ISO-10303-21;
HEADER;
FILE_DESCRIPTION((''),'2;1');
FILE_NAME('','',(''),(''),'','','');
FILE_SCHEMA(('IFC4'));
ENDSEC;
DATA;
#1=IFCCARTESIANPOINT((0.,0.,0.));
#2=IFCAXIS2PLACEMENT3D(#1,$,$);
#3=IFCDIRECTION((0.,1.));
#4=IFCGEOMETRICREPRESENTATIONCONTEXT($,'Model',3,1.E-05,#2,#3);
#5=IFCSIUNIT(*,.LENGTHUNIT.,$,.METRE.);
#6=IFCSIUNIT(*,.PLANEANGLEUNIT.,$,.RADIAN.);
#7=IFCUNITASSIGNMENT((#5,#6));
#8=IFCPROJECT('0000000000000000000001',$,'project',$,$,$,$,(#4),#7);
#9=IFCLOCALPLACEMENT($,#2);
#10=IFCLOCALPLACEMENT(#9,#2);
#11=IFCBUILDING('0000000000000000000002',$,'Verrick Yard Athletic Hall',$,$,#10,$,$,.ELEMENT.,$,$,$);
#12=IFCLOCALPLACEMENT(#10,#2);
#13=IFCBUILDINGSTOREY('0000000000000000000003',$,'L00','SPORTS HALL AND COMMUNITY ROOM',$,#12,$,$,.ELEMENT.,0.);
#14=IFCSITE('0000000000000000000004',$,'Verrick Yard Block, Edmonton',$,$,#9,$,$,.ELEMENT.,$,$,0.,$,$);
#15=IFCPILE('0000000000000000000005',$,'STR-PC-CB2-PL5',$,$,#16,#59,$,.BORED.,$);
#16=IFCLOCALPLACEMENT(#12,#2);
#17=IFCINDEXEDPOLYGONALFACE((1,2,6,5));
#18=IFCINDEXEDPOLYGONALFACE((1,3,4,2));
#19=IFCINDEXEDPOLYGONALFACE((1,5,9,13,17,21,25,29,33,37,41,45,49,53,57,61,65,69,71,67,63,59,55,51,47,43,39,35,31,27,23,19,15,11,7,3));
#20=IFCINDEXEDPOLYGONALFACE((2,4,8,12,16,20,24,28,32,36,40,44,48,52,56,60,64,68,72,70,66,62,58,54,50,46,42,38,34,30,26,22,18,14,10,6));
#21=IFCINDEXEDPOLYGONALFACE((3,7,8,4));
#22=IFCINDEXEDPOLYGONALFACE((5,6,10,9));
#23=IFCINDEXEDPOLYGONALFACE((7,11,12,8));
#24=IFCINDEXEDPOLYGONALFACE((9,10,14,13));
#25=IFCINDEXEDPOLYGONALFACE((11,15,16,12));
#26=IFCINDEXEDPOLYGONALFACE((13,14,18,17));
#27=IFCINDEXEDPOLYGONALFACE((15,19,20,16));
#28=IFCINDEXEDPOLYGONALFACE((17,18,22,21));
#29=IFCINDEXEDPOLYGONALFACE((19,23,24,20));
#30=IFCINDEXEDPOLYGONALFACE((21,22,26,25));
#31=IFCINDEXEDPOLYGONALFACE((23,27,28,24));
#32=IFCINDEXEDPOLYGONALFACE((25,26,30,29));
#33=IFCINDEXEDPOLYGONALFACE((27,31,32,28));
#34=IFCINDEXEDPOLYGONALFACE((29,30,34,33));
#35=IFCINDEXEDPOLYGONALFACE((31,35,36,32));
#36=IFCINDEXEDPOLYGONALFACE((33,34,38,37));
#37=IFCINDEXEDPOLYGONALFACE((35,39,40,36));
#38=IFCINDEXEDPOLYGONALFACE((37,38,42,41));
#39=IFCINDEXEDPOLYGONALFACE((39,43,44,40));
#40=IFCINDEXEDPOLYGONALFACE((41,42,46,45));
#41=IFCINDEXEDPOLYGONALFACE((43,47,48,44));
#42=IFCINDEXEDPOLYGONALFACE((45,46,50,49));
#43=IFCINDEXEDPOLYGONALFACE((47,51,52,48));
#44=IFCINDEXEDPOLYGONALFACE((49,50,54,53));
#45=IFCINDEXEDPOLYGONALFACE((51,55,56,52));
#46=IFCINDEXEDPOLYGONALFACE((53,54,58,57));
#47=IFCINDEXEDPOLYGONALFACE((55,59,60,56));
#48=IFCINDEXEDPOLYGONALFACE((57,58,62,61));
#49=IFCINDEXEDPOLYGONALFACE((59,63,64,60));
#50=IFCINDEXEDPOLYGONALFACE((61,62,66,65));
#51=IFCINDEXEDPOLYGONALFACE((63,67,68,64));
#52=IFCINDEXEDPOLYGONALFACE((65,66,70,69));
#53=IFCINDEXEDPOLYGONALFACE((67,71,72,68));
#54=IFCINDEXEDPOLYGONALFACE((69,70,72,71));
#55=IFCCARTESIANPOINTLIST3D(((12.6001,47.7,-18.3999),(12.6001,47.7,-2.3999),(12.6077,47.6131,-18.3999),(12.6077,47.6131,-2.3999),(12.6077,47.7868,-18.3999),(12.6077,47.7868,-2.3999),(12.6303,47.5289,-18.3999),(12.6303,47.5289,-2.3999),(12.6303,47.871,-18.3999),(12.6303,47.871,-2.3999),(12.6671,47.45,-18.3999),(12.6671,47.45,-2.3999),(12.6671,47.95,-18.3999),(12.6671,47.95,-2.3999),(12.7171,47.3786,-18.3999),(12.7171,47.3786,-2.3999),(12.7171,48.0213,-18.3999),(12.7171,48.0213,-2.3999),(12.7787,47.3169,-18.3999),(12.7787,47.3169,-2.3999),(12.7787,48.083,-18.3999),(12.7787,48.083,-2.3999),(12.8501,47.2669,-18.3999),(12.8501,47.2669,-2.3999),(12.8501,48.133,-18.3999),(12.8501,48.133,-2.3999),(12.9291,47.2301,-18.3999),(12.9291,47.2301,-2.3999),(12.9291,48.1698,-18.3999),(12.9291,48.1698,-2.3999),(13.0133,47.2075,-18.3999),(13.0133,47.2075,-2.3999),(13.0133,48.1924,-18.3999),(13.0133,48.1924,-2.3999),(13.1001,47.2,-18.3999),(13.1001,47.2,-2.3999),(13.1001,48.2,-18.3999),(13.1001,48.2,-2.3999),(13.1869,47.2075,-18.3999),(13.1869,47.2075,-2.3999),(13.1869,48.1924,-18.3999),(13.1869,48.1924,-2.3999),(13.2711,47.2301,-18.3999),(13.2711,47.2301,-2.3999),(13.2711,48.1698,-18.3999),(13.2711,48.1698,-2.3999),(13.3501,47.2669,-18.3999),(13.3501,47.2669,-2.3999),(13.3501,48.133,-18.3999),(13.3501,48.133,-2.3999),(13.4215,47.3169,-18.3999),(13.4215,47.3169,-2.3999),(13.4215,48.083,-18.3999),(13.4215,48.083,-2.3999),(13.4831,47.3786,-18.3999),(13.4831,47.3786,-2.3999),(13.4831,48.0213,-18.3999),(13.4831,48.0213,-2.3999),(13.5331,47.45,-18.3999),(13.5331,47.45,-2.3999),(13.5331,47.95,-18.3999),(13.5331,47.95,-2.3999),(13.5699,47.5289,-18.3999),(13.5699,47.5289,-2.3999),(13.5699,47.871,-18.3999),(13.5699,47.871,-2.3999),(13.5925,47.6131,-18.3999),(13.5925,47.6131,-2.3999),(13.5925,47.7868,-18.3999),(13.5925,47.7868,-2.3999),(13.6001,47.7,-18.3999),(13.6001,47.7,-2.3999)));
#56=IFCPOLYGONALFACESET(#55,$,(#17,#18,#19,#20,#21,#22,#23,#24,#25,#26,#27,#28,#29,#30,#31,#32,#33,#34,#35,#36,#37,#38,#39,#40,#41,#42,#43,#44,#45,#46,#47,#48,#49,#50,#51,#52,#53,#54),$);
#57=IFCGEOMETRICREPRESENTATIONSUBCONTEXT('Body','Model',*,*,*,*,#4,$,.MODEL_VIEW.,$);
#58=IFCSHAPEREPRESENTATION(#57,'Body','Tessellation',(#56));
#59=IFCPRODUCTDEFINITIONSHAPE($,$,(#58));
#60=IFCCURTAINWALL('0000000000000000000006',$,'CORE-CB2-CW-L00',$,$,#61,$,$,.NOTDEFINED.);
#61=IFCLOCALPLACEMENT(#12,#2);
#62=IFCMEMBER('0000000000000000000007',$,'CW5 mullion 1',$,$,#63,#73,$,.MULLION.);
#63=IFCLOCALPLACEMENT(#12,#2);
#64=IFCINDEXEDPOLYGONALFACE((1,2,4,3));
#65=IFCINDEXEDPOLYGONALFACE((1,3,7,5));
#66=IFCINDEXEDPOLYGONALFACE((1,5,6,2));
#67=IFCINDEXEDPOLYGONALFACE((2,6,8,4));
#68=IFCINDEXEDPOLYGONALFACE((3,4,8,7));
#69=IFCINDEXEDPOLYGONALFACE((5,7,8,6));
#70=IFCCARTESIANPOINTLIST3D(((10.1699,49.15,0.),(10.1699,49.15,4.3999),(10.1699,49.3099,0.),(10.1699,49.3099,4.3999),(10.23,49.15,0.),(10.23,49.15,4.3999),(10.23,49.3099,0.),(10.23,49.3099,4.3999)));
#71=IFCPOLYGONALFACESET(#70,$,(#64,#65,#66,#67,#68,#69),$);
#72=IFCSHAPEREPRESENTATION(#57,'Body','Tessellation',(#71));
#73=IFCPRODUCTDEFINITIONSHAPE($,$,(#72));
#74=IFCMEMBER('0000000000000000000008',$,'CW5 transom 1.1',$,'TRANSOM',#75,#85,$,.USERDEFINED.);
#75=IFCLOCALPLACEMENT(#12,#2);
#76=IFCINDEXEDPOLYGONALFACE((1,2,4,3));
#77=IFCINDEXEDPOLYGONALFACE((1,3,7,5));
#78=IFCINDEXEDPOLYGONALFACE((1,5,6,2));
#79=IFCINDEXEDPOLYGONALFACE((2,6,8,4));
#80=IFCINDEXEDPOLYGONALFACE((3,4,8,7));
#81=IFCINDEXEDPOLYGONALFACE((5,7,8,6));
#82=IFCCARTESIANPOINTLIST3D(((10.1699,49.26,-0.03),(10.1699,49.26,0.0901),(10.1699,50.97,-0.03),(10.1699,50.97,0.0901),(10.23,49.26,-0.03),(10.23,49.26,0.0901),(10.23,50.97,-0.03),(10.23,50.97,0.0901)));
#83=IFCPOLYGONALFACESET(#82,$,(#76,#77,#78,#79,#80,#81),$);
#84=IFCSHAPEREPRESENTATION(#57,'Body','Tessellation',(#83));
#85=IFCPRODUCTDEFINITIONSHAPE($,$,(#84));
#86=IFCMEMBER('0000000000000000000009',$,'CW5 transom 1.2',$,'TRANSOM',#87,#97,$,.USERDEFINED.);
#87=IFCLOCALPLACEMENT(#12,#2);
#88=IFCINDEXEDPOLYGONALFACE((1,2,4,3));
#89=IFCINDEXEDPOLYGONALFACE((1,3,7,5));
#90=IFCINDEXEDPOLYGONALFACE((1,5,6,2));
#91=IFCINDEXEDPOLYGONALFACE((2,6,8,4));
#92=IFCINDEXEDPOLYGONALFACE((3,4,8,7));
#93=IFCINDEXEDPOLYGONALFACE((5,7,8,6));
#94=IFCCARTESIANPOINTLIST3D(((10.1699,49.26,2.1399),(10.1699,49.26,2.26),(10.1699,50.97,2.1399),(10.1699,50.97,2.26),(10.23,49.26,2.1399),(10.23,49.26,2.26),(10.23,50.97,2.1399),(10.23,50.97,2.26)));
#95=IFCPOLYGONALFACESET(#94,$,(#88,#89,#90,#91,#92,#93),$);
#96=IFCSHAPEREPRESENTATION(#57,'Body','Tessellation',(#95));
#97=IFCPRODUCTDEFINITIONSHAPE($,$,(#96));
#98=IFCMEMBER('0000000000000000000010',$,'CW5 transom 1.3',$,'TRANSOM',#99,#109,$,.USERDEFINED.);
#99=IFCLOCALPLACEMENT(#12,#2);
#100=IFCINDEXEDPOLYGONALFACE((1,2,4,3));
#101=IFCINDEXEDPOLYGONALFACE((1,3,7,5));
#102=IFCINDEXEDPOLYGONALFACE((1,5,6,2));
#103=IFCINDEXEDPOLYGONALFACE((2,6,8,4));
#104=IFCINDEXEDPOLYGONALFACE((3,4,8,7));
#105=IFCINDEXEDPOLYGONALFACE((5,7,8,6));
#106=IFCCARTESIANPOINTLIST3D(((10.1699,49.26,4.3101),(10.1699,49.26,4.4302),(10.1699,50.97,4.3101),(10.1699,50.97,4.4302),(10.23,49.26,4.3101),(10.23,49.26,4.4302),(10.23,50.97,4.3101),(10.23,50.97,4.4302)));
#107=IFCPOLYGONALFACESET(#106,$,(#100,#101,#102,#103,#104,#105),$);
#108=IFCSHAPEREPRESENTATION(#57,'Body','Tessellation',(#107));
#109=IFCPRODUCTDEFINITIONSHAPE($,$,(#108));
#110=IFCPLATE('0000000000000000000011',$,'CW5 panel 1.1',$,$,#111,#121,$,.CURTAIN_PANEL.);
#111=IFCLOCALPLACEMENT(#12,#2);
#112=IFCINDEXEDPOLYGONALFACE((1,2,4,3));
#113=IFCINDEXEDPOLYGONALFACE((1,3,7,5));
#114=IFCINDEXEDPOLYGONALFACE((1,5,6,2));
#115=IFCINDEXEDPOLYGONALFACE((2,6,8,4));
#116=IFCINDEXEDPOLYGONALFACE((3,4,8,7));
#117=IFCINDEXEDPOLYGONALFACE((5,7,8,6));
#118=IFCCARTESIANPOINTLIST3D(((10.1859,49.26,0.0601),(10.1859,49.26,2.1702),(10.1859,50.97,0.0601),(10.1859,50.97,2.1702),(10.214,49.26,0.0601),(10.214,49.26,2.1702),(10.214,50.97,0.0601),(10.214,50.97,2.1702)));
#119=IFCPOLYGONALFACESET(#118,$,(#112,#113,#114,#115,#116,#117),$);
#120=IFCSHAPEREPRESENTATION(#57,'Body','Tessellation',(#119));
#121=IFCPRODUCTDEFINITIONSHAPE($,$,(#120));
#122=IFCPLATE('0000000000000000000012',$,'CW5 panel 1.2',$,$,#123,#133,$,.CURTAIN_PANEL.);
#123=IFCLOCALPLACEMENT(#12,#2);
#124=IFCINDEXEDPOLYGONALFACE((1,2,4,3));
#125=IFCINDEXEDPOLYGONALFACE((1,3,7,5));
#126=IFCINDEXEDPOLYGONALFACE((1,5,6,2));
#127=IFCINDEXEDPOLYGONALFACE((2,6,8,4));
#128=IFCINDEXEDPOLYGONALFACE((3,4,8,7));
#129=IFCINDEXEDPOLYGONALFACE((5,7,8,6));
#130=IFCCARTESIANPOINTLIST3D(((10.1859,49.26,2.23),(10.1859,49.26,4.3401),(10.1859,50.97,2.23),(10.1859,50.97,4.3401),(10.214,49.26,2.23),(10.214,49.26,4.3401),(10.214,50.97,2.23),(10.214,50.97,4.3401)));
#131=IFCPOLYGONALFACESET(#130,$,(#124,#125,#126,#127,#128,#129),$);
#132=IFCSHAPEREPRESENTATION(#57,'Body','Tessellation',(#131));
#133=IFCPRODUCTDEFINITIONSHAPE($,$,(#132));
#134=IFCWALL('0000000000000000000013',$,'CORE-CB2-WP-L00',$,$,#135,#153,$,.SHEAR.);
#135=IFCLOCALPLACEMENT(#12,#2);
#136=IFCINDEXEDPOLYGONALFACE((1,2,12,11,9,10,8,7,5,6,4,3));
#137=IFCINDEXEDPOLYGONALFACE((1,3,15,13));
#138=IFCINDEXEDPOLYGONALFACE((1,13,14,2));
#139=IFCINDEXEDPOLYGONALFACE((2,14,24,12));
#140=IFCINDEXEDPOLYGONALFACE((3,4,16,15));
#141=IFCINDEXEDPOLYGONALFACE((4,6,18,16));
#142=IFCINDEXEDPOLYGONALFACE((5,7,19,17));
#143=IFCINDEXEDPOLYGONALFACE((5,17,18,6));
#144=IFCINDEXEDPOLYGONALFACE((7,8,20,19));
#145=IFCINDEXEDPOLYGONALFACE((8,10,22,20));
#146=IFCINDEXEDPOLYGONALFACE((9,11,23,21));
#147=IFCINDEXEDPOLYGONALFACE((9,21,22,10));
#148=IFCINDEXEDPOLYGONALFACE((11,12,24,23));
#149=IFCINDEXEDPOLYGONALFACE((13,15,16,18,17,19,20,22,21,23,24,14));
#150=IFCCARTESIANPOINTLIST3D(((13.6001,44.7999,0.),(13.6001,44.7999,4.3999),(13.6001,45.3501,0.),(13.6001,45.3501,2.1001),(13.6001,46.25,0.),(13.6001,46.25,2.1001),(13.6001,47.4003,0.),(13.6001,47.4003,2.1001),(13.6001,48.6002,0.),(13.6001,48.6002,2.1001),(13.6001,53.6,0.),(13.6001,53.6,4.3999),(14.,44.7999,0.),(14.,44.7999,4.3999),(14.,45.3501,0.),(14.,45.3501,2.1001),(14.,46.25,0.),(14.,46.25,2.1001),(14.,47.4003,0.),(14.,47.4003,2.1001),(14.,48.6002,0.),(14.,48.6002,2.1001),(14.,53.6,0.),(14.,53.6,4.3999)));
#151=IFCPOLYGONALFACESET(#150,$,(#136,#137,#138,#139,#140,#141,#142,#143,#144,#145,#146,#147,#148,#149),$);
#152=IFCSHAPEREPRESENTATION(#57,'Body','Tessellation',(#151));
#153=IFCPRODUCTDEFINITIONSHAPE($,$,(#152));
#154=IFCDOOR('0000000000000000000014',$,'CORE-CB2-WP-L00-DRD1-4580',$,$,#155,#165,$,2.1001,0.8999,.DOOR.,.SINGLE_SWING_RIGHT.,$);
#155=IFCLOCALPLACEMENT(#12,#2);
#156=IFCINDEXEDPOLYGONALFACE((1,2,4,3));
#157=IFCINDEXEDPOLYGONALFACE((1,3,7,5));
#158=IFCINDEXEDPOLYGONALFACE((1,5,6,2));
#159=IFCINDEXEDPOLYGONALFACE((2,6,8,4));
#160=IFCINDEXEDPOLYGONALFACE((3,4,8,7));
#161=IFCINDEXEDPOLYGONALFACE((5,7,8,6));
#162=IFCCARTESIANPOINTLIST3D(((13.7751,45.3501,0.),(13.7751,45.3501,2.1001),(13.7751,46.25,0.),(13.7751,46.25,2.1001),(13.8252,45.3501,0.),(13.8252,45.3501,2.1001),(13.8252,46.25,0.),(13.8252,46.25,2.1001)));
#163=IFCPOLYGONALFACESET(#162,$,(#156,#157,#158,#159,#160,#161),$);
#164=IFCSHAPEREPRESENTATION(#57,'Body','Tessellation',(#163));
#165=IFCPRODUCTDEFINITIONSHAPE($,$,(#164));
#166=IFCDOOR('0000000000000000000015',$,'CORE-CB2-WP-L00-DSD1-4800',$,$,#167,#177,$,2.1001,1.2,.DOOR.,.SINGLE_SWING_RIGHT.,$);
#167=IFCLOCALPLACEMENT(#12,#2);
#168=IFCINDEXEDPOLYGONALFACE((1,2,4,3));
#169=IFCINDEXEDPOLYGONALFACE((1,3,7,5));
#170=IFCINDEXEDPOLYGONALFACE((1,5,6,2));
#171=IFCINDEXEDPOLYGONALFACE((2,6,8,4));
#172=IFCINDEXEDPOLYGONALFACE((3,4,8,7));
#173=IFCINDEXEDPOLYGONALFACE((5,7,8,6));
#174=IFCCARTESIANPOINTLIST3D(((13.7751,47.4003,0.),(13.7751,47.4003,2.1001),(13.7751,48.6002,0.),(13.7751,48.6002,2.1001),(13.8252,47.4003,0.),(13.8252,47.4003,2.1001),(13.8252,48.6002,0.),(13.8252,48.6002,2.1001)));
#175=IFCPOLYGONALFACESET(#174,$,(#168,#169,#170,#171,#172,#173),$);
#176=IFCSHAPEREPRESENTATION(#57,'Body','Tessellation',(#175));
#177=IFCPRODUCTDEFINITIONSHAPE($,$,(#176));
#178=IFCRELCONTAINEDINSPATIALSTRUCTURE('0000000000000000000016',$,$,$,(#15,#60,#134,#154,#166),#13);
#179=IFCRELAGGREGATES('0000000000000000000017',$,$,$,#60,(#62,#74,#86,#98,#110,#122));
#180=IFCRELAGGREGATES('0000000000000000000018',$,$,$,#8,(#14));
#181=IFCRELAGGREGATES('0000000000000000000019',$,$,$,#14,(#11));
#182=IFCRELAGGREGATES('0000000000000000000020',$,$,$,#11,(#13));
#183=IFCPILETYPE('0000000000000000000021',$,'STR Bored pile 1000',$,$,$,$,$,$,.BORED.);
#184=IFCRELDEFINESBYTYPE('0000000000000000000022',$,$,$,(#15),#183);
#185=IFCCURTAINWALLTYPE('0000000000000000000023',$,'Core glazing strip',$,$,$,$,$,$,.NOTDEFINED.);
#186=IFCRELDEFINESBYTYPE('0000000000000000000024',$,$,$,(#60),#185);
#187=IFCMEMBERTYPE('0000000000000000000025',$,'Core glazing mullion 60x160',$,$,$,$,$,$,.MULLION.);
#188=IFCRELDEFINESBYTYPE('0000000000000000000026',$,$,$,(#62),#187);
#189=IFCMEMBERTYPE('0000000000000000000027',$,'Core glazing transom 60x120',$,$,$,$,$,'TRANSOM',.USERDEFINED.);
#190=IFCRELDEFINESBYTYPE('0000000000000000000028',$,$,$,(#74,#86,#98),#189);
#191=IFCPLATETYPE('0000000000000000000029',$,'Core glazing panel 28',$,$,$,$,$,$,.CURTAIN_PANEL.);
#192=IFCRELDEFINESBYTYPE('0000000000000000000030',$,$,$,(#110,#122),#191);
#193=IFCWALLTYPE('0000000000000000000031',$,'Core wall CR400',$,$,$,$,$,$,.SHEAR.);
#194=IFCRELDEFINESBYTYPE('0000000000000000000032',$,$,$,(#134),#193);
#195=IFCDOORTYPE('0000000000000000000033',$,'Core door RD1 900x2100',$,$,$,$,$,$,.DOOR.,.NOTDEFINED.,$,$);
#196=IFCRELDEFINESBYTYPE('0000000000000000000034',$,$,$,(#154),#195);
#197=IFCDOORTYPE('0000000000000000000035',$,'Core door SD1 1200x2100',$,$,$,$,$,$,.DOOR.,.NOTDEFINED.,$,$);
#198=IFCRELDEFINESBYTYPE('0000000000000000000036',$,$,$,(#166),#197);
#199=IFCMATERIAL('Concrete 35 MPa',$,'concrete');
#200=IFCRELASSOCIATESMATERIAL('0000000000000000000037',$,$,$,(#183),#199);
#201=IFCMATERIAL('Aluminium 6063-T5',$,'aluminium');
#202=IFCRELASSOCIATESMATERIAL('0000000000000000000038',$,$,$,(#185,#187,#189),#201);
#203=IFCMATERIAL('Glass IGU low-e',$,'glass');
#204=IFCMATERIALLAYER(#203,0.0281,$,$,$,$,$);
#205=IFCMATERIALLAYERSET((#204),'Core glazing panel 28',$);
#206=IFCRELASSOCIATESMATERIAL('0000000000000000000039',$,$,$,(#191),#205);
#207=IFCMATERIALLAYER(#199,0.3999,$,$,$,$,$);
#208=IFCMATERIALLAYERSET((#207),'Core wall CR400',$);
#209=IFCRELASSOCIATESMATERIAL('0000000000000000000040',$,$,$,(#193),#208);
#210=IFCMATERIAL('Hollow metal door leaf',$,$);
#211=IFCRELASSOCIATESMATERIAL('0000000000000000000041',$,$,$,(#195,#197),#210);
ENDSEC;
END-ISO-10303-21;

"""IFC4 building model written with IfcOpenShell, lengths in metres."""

from ifc_helpers import new_model, si_unit, direction, frame, frame_2d, origin, origin_2d, place, context, subcontext, project, spatial, rectangle, circle, extrude, material, layer, layer_set, material_profile, profile_set, type_object, element, fill, aggregate, save


model = new_model("IFC4")

# Units and contexts
model_context = context("Model", 3, precision=1e-05, world=origin(), true_north=direction((0.0, 1.0)))
body_context = subcontext(model_context, "Body", "Model", "MODEL_VIEW")
ifc_project = project(units=[si_unit("LENGTHUNIT", "METRE"), si_unit("PLANEANGLEUNIT", "RADIAN")], contexts=[model_context])

# Site, building, storey
site_placement = place(None, origin())
site = spatial("IfcSite", under=ifc_project, at=site_placement, Name="Verrick Yard Block, Edmonton", CompositionType="ELEMENT", RefElevation=0.0)
building_placement = place(site_placement, origin())
building = spatial("IfcBuilding", under=site, at=building_placement, Name="Verrick Yard Athletic Hall", CompositionType="ELEMENT")
storey_placement = place(building_placement, origin())
storey = spatial("IfcBuildingStorey", under=building, at=storey_placement, Name="L00", Description="SPORTS HALL AND COMMUNITY ROOM", CompositionType="ELEMENT", Elevation=0.0)

# Pile
ifc_material_1 = material(Name="Concrete 35 MPa", Category="concrete")
pile_type = type_object("IfcPileType", Name="STR Bored pile 1000", PredefinedType="BORED", material=ifc_material_1)
for number, where, z_axis, x_axis, name in (
    (1, (13.1001, 47.7, -2.3999), (0.0, 0.0, -1.0), (1.0, 0.0, 0.0), "STR-PC-CB2-PL5"),
):
    element("IfcPile", number, at=place(storey_placement, frame(where, z_axis=z_axis, x_axis=x_axis)), inside=storey, type_object=pile_type, Name=name, PredefinedType="BORED", context=body_context, shape_type="SweptSolid", body=[
        extrude(circle(Radius=0.5, at=origin_2d()), origin(), (0.0, 0.0, 1.0), 16.0),
    ])

# Curtain wall, members, plates
ifc_material_2 = material(Name="Aluminium 6063-T5", Category="aluminium")
curtain_wall_type = type_object("IfcCurtainWallType", Name="Core glazing strip", PredefinedType="NOTDEFINED", material=ifc_material_2)
curtain_wall_placement = place(storey_placement, origin())
curtain_wall = element("IfcCurtainWall", 2, at=curtain_wall_placement, inside=storey, type_object=curtain_wall_type, Name="CORE-CB2-CW-L00", PredefinedType="NOTDEFINED")
ifc_material_profile_1 = material_profile(ifc_material_2, rectangle(XDim=0.0601, YDim=0.1599, at=origin_2d()), Name="Core glazing mullion 60x160")
ifc_profile_set_1 = profile_set([ifc_material_profile_1], Name="Aluminium 6063-T5")
member_type_1 = type_object("IfcMemberType", Name="Core glazing mullion 60x160", PredefinedType="MULLION", material=ifc_profile_set_1)
member_1_placement = place(storey_placement, frame((10.2, 49.23, 0.0), z_axis=(0.0, 0.0, 1.0), x_axis=(-1.0, 0.0, 0.0)))
member_1 = element("IfcMember", 3, at=member_1_placement, type_object=member_type_1, Name="CW5 mullion 1", PredefinedType="MULLION", context=body_context, shape_type="SweptSolid", body=[
    extrude(rectangle(XDim=0.0601, YDim=0.1599, at=origin_2d()), origin(), (0.0, 0.0, 1.0), 4.3999),
])
ifc_material_profile_2 = material_profile(ifc_material_2, rectangle(XDim=0.0601, YDim=0.1201, at=origin_2d()), Name="Core glazing transom 60x120")
ifc_profile_set_2 = profile_set([ifc_material_profile_2], Name="Aluminium 6063-T5")
member_type_2 = type_object("IfcMemberType", Name="Core glazing transom 60x120", ElementType="TRANSOM", PredefinedType="USERDEFINED", material=ifc_profile_set_2)
member_2_placement = place(storey_placement, frame((10.2, 49.26, 0.03), z_axis=(0.0, 1.0, 0.0), x_axis=(-1.0, 0.0, 0.0)))
member_2 = element("IfcMember", 4, at=member_2_placement, type_object=member_type_2, Name="CW5 transom 1.1", ObjectType="TRANSOM", PredefinedType="USERDEFINED", context=body_context, shape_type="SweptSolid", body=[
    extrude(rectangle(XDim=0.0601, YDim=0.1201, at=origin_2d()), origin(), (0.0, 0.0, 1.0), 1.71),
])
member_3_placement = place(storey_placement, frame((10.2, 49.26, 2.2), z_axis=(0.0, 1.0, 0.0), x_axis=(-1.0, 0.0, 0.0)))
member_3 = element("IfcMember", 5, at=member_3_placement, type_object=member_type_2, Name="CW5 transom 1.2", ObjectType="TRANSOM", PredefinedType="USERDEFINED", context=body_context, shape_type="SweptSolid", body=[
    extrude(rectangle(XDim=0.0601, YDim=0.1201, at=origin_2d()), origin(), (0.0, 0.0, 1.0), 1.71),
])
member_4_placement = place(storey_placement, frame((10.2, 49.26, 4.3701), z_axis=(0.0, 1.0, 0.0), x_axis=(-1.0, 0.0, 0.0)))
member_4 = element("IfcMember", 6, at=member_4_placement, type_object=member_type_2, Name="CW5 transom 1.3", ObjectType="TRANSOM", PredefinedType="USERDEFINED", context=body_context, shape_type="SweptSolid", body=[
    extrude(rectangle(XDim=0.0601, YDim=0.1201, at=origin_2d()), origin(), (0.0, 0.0, 1.0), 1.71),
])
ifc_material_3 = material(Name="Glass IGU low-e", Category="glass")
ifc_layer_1 = layer(ifc_material_3, 0.0281)
ifc_layer_set_1 = layer_set([ifc_layer_1], Name="Core glazing panel 28")
plate_type = type_object("IfcPlateType", Name="Core glazing panel 28", PredefinedType="CURTAIN_PANEL", material=ifc_layer_set_1)
plate_1_placement = place(storey_placement, frame((10.2, 50.115, 0.0601), z_axis=(0.0, 0.0, 1.0), x_axis=(0.0, 1.0, 0.0)))
plate_1 = element("IfcPlate", 7, at=plate_1_placement, type_object=plate_type, Name="CW5 panel 1.1", PredefinedType="CURTAIN_PANEL", context=body_context, shape_type="SweptSolid", body=[
    extrude(rectangle(XDim=1.71, YDim=0.0281, at=origin_2d()), origin(), (0.0, 0.0, 1.0), 2.1101),
])
plate_2_placement = place(storey_placement, frame((10.2, 50.115, 2.23), z_axis=(0.0, 0.0, 1.0), x_axis=(0.0, 1.0, 0.0)))
plate_2 = element("IfcPlate", 8, at=plate_2_placement, type_object=plate_type, Name="CW5 panel 1.2", PredefinedType="CURTAIN_PANEL", context=body_context, shape_type="SweptSolid", body=[
    extrude(rectangle(XDim=1.71, YDim=0.0281, at=origin_2d()), origin(), (0.0, 0.0, 1.0), 2.1101),
])
aggregate(curtain_wall, [member_1, member_2, member_3, member_4, plate_1, plate_2])

# Wall, openings, doors
ifc_layer_2 = layer(ifc_material_1, 0.3999)
ifc_layer_set_2 = layer_set([ifc_layer_2], Name="Core wall CR400")
wall_type_1 = type_object("IfcWallType", Name="Core wall CR400", PredefinedType="SHEAR", material=ifc_layer_set_2)
wall_1_placement = place(storey_placement, frame((13.8, 44.8, 0.0), z_axis=(0.0, 0.0, 1.0), x_axis=(0.0, 1.0, 0.0)))
wall_1 = element("IfcWall", 9, at=wall_1_placement, inside=storey, type_object=wall_type_1, Name="CORE-CB2-WP-L00", PredefinedType="SHEAR", context=body_context, shape_type="SweptSolid", body=[
    extrude(rectangle(XDim=8.8, YDim=0.3999, at=frame_2d((4.3999, 0.0))), origin(), (0.0, 0.0, 1.0), 4.3999),
])
opening_1_placement = place(wall_1_placement, frame((2.6001, 0.0, 0.0)))
opening_1 = element("IfcOpeningElement", 10, at=opening_1_placement, cuts=wall_1, PredefinedType="OPENING", context=body_context, shape_type="SweptSolid", body=[
    extrude(rectangle(XDim=1.2, YDim=2.1001, at=frame_2d((0.6001, 1.05))), frame((0.0, 0.21, 0.0), z_axis=(0.0, -1.0, 0.0), x_axis=(1.0, 0.0, 0.0)), (0.0, 0.0, 1.0), 0.4199),
])
opening_2_placement = place(wall_1_placement, frame((0.55, 0.0, 0.0)))
opening_2 = element("IfcOpeningElement", 11, at=opening_2_placement, cuts=wall_1, PredefinedType="OPENING", context=body_context, shape_type="SweptSolid", body=[
    extrude(rectangle(XDim=0.8999, YDim=2.1001, at=frame_2d((0.45, 1.05))), frame((0.0, 0.21, 0.0), z_axis=(0.0, -1.0, 0.0), x_axis=(1.0, 0.0, 0.0)), (0.0, 0.0, 1.0), 0.4199),
])
ifc_material_4 = material(Name="Hollow metal door leaf")
door_type_1 = type_object("IfcDoorType", Name="Core door RD1 900x2100", OperationType="NOTDEFINED", PredefinedType="DOOR", material=ifc_material_4)
door_1_placement = place(opening_2_placement, origin())
door_1 = element("IfcDoor", 12, at=door_1_placement, inside=storey, type_object=door_type_1, Name="CORE-CB2-WP-L00-DRD1-4580", OperationType="SINGLE_SWING_RIGHT", OverallHeight=2.1001, OverallWidth=0.8999, PredefinedType="DOOR", context=body_context, shape_type="SweptSolid", body=[
    extrude(rectangle(XDim=0.8999, YDim=2.1001, at=frame_2d((0.45, 1.05))), frame((0.0, 0.0249, 0.0), z_axis=(0.0, -1.0, 0.0), x_axis=(1.0, 0.0, 0.0)), (0.0, 0.0, 1.0), 0.05),
])
fill(opening_2, door_1)
door_type_2 = type_object("IfcDoorType", Name="Core door SD1 1200x2100", OperationType="NOTDEFINED", PredefinedType="DOOR", material=ifc_material_4)
door_2_placement = place(opening_1_placement, origin())
door_2 = element("IfcDoor", 13, at=door_2_placement, inside=storey, type_object=door_type_2, Name="CORE-CB2-WP-L00-DSD1-4800", OperationType="SINGLE_SWING_RIGHT", OverallHeight=2.1001, OverallWidth=1.2, PredefinedType="DOOR", context=body_context, shape_type="SweptSolid", body=[
    extrude(rectangle(XDim=1.2, YDim=2.1001, at=frame_2d((0.6001, 1.05))), frame((0.0, 0.0249, 0.0), z_axis=(0.0, -1.0, 0.0), x_axis=(1.0, 0.0, 0.0)), (0.0, 0.0, 1.0), 0.05),
])
fill(opening_1, door_2)

save(model, "model.ifc")
